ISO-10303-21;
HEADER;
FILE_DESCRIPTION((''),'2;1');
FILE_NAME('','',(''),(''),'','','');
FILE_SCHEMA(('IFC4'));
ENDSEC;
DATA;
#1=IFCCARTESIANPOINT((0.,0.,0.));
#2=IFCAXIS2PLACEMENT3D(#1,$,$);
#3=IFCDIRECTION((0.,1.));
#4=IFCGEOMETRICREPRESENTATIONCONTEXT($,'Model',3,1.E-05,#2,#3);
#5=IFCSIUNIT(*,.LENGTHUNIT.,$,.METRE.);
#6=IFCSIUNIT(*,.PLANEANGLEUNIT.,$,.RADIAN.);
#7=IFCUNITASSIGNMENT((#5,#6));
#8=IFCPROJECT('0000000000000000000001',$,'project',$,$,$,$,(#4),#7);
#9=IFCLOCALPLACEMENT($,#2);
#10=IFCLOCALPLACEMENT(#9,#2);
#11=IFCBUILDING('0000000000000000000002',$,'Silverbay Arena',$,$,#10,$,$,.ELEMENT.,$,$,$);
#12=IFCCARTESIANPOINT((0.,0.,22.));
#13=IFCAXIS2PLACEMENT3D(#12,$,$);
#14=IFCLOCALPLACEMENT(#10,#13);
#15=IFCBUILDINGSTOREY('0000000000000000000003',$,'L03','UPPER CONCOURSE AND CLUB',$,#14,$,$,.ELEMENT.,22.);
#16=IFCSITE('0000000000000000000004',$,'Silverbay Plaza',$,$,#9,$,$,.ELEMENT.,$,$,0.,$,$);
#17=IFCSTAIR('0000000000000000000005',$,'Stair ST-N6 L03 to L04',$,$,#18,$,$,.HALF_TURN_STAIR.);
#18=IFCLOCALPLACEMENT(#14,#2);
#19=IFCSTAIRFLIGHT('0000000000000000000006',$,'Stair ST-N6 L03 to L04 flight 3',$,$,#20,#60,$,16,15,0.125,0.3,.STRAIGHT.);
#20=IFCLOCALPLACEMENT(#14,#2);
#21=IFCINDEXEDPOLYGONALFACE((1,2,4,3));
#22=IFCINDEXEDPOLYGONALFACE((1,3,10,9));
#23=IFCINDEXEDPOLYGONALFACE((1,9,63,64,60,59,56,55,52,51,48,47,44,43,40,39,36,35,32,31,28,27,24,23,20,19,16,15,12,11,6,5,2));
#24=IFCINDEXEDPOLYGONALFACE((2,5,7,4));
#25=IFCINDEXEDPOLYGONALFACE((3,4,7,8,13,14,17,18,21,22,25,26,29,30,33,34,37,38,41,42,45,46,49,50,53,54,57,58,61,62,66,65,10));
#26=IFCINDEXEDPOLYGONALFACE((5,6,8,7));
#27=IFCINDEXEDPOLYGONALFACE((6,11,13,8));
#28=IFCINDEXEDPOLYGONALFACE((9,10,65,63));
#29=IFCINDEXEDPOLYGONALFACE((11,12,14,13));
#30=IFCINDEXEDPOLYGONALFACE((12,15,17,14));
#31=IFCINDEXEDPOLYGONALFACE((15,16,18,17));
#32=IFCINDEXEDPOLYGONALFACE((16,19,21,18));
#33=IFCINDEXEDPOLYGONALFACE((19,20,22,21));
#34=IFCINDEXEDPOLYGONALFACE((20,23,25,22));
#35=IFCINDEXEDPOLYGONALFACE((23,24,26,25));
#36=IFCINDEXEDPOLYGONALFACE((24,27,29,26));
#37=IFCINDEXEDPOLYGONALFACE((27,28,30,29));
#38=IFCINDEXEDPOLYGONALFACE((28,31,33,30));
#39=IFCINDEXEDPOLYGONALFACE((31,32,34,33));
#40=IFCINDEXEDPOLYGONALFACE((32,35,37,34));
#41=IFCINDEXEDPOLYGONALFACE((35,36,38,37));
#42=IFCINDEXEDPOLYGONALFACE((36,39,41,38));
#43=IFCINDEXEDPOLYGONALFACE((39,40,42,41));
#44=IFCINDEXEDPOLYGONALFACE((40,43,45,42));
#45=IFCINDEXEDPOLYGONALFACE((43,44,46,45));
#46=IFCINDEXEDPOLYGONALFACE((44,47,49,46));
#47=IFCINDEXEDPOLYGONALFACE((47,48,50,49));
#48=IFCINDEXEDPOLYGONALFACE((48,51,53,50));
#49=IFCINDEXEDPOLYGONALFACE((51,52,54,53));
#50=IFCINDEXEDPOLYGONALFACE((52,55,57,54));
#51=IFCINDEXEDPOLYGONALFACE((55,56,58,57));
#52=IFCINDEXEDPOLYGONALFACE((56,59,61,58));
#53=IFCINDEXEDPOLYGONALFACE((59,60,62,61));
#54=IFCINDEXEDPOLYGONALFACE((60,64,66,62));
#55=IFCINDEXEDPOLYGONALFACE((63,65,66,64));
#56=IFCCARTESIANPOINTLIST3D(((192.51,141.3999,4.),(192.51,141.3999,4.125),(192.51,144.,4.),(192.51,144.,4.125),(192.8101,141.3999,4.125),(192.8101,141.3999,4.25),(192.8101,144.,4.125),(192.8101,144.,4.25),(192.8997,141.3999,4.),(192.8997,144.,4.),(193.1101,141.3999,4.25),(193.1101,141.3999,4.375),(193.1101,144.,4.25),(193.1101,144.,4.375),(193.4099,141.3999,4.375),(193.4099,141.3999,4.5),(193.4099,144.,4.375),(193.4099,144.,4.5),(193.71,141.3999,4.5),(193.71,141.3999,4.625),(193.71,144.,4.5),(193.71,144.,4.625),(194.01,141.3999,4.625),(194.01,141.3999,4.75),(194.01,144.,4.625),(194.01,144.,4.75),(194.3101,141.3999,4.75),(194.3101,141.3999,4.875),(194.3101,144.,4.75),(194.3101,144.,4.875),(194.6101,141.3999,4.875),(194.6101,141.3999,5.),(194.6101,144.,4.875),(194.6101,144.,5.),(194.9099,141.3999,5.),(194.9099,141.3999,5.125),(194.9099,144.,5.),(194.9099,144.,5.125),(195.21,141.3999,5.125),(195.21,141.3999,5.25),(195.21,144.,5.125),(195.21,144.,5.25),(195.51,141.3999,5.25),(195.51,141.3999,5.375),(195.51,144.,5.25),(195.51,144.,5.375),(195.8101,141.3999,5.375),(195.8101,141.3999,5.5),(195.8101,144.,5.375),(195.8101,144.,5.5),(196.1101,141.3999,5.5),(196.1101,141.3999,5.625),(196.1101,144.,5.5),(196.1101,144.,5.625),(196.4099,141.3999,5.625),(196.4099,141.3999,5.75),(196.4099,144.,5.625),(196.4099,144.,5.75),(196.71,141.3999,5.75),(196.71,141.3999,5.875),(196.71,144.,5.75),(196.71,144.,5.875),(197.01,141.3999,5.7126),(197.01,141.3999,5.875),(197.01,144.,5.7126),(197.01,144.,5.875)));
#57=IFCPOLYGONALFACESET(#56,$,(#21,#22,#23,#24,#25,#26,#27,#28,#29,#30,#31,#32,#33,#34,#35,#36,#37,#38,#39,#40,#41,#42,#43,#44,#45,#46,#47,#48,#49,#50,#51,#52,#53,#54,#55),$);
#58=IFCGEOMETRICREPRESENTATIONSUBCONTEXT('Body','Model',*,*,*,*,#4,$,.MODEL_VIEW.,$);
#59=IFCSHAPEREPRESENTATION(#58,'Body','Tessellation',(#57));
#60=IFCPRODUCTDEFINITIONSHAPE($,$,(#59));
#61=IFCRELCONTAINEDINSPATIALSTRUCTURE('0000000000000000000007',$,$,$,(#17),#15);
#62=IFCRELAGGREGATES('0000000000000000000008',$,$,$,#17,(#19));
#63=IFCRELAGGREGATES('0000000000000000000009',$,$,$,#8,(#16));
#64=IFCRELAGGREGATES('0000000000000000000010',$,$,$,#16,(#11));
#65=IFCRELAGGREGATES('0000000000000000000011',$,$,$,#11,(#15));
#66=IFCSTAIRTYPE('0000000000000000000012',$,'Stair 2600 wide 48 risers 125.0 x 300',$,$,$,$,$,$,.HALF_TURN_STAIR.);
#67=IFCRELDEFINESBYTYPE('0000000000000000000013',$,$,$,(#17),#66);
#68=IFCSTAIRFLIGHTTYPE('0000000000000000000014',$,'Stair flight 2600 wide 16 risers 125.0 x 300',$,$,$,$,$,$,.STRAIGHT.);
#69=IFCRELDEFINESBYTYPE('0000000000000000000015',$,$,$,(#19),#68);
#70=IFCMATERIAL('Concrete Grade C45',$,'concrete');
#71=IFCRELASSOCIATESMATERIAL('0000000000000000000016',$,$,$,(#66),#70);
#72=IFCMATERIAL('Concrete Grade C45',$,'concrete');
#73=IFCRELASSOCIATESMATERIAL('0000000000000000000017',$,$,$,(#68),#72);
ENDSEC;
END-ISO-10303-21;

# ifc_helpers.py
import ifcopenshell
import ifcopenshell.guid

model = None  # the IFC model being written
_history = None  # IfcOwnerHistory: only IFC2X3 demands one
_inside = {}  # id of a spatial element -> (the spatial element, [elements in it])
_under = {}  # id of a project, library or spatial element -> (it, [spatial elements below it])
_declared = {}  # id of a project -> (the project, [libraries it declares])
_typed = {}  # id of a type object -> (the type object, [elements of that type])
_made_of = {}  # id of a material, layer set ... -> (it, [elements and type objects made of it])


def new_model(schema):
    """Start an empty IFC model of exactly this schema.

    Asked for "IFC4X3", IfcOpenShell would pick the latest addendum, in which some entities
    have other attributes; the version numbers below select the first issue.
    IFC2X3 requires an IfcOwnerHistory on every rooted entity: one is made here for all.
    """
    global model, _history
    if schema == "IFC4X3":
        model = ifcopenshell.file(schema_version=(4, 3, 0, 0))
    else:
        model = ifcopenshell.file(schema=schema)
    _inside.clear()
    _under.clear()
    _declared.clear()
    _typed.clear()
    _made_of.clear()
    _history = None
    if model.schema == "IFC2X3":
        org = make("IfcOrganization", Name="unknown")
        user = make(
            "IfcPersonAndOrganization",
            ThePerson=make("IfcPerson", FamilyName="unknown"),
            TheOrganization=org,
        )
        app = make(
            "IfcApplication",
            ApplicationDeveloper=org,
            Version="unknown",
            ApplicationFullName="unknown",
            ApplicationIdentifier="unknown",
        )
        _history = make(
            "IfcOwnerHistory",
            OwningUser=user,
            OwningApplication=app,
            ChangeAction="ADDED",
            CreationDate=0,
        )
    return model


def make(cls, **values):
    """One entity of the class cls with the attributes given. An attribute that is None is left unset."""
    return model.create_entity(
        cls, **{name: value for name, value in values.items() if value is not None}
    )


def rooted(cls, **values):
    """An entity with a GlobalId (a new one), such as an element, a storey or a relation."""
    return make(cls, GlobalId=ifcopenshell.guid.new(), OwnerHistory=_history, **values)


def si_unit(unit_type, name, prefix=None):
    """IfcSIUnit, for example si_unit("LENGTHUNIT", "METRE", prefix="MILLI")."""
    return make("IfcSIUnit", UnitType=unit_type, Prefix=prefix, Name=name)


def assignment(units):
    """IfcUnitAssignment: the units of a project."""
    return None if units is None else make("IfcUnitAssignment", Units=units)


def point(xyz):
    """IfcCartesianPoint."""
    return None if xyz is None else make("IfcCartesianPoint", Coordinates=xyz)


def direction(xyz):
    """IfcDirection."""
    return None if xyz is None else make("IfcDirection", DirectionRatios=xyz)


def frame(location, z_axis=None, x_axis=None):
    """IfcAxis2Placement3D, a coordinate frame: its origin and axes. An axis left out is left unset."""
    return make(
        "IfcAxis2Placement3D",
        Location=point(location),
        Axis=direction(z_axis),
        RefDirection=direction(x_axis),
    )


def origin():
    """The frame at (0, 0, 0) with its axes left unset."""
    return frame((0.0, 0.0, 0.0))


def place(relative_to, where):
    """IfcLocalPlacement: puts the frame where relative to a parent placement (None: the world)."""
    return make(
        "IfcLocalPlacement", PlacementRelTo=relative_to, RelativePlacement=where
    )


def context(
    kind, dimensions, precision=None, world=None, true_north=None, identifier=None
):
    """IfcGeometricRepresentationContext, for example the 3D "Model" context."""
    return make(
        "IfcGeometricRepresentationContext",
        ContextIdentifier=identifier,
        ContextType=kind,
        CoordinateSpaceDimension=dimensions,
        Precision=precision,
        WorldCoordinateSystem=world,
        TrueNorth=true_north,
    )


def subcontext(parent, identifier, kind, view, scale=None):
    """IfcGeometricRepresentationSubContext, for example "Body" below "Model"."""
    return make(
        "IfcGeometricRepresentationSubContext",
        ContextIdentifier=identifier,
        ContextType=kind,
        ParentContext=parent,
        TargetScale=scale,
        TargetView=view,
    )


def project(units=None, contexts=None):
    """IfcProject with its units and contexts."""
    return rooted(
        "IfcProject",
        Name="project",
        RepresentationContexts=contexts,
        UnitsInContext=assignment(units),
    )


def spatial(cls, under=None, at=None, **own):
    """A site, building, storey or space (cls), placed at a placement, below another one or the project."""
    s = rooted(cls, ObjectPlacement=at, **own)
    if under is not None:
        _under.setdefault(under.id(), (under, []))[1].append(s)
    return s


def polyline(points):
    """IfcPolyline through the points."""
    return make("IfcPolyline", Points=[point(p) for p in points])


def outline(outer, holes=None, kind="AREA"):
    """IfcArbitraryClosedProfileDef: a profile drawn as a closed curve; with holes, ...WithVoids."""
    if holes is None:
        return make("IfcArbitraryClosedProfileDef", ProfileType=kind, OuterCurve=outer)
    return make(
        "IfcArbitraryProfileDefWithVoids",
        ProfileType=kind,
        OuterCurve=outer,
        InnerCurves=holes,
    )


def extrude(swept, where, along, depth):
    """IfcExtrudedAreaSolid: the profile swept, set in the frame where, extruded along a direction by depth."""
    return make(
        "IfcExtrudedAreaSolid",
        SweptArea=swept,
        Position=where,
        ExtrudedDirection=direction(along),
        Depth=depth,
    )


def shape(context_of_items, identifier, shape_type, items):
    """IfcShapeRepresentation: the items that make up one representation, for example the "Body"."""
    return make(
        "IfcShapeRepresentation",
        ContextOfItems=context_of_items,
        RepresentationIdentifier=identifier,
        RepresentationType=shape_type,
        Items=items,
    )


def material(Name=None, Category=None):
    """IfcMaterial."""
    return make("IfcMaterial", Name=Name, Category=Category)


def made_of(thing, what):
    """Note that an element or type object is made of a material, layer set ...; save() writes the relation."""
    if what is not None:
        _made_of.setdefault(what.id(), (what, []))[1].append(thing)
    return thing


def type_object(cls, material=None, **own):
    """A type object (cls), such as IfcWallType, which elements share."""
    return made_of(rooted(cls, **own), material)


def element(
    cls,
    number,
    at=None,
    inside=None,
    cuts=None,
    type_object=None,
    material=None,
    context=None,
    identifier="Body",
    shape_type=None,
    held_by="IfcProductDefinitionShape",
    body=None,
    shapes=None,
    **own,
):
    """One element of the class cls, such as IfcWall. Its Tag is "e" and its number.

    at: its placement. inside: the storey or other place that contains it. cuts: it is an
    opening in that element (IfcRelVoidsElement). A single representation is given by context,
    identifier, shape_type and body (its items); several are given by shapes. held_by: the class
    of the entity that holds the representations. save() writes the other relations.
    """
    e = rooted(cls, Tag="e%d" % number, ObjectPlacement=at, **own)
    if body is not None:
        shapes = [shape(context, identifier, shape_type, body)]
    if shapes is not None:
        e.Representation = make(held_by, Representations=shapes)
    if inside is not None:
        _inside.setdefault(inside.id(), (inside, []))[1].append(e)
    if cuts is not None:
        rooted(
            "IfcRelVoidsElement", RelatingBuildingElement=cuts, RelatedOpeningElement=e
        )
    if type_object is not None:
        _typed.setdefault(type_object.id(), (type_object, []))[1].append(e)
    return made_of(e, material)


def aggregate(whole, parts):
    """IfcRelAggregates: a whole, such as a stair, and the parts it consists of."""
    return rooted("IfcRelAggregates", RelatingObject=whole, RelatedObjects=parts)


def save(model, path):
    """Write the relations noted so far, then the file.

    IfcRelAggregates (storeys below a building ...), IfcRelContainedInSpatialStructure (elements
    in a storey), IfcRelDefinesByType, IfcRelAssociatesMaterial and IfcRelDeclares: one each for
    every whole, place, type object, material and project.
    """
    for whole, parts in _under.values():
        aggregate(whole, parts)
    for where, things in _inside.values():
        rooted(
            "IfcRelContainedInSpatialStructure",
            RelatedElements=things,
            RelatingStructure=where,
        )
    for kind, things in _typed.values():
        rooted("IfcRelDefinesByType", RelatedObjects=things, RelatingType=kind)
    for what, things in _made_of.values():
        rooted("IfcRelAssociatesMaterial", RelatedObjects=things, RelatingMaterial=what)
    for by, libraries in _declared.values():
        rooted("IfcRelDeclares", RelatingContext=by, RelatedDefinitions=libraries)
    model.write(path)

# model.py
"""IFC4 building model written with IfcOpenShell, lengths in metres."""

from ifc_helpers import new_model, si_unit, direction, frame, origin, place, context, subcontext, project, spatial, polyline, outline, extrude, material, type_object, element, aggregate, save


model = new_model("IFC4")

# Units and contexts
model_context = context("Model", 3, precision=1e-05, world=origin(), true_north=direction((0.0, 1.0)))
body_context = subcontext(model_context, "Body", "Model", "MODEL_VIEW")
ifc_project = project(units=[si_unit("LENGTHUNIT", "METRE"), si_unit("PLANEANGLEUNIT", "RADIAN")], contexts=[model_context])

# Site, building, storey
site_placement = place(None, origin())
site = spatial("IfcSite", under=ifc_project, at=site_placement, Name="Silverbay Plaza", CompositionType="ELEMENT", RefElevation=0.0)
building_placement = place(site_placement, origin())
building = spatial("IfcBuilding", under=site, at=building_placement, Name="Silverbay Arena", CompositionType="ELEMENT")
storey_placement = place(building_placement, frame((0.0, 0.0, 22.0)))
storey = spatial("IfcBuildingStorey", under=building, at=storey_placement, Name="L03", Description="UPPER CONCOURSE AND CLUB", CompositionType="ELEMENT", Elevation=22.0)

# Stair, stair flight
ifc_material_1 = material(Name="Concrete Grade C45", Category="concrete")
stair_type = type_object("IfcStairType", Name="Stair 2600 wide 48 risers 125.0 x 300", PredefinedType="HALF_TURN_STAIR", material=ifc_material_1)
stair_placement = place(storey_placement, origin())
stair = element("IfcStair", 1, at=stair_placement, inside=storey, type_object=stair_type, Name="Stair ST-N6 L03 to L04", PredefinedType="HALF_TURN_STAIR")
ifc_material_2 = material(Name="Concrete Grade C45", Category="concrete")
stair_flight_type = type_object("IfcStairFlightType", Name="Stair flight 2600 wide 16 risers 125.0 x 300", PredefinedType="STRAIGHT", material=ifc_material_2)
stair_flight_1_placement = place(storey_placement, frame((192.51, 142.7, 4.0), z_axis=(0.0, 0.0, 1.0), x_axis=(1.0, 0.0, 0.0)))
stair_flight_1 = element("IfcStairFlight", 2, at=stair_flight_1_placement, type_object=stair_flight_type, Name="Stair ST-N6 L03 to L04 flight 3", NumberOfRisers=16, NumberOfTreads=15, PredefinedType="STRAIGHT", RiserHeight=0.125, TreadLength=0.3, context=body_context, shape_type="SweptSolid", body=[
    extrude(outline(polyline([(0.0, 0.0), (0.0, 0.125), (0.3, 0.125), (0.3, 0.25), (0.6001, 0.25), (0.6001, 0.375), (0.8999, 0.375), (0.8999, 0.5), (1.2, 0.5), (1.2, 0.625), (1.5, 0.625), (1.5, 0.75), (1.8, 0.75), (1.8, 0.875), (2.1001, 0.875), (2.1001, 1.0), (2.3999, 1.0), (2.3999, 1.125), (2.7, 1.125), (2.7, 1.25), (3.0, 1.25), (3.0, 1.375), (3.3, 1.375), (3.3, 1.5), (3.6001, 1.5), (3.6001, 1.625), (3.8999, 1.625), (3.8999, 1.75), (4.2, 1.75), (4.2, 1.875), (4.5, 1.875), (4.5, 1.7126), (0.3896, 0.0), (0.0, 0.0)])), frame((0.0, 1.3, 0.0), z_axis=(0.0, -1.0, 0.0), x_axis=(1.0, 0.0, 0.0)), (0.0, 0.0, 1.0), 2.6001),
])
aggregate(stair, [stair_flight_1])

save(model, "model.ifc")
